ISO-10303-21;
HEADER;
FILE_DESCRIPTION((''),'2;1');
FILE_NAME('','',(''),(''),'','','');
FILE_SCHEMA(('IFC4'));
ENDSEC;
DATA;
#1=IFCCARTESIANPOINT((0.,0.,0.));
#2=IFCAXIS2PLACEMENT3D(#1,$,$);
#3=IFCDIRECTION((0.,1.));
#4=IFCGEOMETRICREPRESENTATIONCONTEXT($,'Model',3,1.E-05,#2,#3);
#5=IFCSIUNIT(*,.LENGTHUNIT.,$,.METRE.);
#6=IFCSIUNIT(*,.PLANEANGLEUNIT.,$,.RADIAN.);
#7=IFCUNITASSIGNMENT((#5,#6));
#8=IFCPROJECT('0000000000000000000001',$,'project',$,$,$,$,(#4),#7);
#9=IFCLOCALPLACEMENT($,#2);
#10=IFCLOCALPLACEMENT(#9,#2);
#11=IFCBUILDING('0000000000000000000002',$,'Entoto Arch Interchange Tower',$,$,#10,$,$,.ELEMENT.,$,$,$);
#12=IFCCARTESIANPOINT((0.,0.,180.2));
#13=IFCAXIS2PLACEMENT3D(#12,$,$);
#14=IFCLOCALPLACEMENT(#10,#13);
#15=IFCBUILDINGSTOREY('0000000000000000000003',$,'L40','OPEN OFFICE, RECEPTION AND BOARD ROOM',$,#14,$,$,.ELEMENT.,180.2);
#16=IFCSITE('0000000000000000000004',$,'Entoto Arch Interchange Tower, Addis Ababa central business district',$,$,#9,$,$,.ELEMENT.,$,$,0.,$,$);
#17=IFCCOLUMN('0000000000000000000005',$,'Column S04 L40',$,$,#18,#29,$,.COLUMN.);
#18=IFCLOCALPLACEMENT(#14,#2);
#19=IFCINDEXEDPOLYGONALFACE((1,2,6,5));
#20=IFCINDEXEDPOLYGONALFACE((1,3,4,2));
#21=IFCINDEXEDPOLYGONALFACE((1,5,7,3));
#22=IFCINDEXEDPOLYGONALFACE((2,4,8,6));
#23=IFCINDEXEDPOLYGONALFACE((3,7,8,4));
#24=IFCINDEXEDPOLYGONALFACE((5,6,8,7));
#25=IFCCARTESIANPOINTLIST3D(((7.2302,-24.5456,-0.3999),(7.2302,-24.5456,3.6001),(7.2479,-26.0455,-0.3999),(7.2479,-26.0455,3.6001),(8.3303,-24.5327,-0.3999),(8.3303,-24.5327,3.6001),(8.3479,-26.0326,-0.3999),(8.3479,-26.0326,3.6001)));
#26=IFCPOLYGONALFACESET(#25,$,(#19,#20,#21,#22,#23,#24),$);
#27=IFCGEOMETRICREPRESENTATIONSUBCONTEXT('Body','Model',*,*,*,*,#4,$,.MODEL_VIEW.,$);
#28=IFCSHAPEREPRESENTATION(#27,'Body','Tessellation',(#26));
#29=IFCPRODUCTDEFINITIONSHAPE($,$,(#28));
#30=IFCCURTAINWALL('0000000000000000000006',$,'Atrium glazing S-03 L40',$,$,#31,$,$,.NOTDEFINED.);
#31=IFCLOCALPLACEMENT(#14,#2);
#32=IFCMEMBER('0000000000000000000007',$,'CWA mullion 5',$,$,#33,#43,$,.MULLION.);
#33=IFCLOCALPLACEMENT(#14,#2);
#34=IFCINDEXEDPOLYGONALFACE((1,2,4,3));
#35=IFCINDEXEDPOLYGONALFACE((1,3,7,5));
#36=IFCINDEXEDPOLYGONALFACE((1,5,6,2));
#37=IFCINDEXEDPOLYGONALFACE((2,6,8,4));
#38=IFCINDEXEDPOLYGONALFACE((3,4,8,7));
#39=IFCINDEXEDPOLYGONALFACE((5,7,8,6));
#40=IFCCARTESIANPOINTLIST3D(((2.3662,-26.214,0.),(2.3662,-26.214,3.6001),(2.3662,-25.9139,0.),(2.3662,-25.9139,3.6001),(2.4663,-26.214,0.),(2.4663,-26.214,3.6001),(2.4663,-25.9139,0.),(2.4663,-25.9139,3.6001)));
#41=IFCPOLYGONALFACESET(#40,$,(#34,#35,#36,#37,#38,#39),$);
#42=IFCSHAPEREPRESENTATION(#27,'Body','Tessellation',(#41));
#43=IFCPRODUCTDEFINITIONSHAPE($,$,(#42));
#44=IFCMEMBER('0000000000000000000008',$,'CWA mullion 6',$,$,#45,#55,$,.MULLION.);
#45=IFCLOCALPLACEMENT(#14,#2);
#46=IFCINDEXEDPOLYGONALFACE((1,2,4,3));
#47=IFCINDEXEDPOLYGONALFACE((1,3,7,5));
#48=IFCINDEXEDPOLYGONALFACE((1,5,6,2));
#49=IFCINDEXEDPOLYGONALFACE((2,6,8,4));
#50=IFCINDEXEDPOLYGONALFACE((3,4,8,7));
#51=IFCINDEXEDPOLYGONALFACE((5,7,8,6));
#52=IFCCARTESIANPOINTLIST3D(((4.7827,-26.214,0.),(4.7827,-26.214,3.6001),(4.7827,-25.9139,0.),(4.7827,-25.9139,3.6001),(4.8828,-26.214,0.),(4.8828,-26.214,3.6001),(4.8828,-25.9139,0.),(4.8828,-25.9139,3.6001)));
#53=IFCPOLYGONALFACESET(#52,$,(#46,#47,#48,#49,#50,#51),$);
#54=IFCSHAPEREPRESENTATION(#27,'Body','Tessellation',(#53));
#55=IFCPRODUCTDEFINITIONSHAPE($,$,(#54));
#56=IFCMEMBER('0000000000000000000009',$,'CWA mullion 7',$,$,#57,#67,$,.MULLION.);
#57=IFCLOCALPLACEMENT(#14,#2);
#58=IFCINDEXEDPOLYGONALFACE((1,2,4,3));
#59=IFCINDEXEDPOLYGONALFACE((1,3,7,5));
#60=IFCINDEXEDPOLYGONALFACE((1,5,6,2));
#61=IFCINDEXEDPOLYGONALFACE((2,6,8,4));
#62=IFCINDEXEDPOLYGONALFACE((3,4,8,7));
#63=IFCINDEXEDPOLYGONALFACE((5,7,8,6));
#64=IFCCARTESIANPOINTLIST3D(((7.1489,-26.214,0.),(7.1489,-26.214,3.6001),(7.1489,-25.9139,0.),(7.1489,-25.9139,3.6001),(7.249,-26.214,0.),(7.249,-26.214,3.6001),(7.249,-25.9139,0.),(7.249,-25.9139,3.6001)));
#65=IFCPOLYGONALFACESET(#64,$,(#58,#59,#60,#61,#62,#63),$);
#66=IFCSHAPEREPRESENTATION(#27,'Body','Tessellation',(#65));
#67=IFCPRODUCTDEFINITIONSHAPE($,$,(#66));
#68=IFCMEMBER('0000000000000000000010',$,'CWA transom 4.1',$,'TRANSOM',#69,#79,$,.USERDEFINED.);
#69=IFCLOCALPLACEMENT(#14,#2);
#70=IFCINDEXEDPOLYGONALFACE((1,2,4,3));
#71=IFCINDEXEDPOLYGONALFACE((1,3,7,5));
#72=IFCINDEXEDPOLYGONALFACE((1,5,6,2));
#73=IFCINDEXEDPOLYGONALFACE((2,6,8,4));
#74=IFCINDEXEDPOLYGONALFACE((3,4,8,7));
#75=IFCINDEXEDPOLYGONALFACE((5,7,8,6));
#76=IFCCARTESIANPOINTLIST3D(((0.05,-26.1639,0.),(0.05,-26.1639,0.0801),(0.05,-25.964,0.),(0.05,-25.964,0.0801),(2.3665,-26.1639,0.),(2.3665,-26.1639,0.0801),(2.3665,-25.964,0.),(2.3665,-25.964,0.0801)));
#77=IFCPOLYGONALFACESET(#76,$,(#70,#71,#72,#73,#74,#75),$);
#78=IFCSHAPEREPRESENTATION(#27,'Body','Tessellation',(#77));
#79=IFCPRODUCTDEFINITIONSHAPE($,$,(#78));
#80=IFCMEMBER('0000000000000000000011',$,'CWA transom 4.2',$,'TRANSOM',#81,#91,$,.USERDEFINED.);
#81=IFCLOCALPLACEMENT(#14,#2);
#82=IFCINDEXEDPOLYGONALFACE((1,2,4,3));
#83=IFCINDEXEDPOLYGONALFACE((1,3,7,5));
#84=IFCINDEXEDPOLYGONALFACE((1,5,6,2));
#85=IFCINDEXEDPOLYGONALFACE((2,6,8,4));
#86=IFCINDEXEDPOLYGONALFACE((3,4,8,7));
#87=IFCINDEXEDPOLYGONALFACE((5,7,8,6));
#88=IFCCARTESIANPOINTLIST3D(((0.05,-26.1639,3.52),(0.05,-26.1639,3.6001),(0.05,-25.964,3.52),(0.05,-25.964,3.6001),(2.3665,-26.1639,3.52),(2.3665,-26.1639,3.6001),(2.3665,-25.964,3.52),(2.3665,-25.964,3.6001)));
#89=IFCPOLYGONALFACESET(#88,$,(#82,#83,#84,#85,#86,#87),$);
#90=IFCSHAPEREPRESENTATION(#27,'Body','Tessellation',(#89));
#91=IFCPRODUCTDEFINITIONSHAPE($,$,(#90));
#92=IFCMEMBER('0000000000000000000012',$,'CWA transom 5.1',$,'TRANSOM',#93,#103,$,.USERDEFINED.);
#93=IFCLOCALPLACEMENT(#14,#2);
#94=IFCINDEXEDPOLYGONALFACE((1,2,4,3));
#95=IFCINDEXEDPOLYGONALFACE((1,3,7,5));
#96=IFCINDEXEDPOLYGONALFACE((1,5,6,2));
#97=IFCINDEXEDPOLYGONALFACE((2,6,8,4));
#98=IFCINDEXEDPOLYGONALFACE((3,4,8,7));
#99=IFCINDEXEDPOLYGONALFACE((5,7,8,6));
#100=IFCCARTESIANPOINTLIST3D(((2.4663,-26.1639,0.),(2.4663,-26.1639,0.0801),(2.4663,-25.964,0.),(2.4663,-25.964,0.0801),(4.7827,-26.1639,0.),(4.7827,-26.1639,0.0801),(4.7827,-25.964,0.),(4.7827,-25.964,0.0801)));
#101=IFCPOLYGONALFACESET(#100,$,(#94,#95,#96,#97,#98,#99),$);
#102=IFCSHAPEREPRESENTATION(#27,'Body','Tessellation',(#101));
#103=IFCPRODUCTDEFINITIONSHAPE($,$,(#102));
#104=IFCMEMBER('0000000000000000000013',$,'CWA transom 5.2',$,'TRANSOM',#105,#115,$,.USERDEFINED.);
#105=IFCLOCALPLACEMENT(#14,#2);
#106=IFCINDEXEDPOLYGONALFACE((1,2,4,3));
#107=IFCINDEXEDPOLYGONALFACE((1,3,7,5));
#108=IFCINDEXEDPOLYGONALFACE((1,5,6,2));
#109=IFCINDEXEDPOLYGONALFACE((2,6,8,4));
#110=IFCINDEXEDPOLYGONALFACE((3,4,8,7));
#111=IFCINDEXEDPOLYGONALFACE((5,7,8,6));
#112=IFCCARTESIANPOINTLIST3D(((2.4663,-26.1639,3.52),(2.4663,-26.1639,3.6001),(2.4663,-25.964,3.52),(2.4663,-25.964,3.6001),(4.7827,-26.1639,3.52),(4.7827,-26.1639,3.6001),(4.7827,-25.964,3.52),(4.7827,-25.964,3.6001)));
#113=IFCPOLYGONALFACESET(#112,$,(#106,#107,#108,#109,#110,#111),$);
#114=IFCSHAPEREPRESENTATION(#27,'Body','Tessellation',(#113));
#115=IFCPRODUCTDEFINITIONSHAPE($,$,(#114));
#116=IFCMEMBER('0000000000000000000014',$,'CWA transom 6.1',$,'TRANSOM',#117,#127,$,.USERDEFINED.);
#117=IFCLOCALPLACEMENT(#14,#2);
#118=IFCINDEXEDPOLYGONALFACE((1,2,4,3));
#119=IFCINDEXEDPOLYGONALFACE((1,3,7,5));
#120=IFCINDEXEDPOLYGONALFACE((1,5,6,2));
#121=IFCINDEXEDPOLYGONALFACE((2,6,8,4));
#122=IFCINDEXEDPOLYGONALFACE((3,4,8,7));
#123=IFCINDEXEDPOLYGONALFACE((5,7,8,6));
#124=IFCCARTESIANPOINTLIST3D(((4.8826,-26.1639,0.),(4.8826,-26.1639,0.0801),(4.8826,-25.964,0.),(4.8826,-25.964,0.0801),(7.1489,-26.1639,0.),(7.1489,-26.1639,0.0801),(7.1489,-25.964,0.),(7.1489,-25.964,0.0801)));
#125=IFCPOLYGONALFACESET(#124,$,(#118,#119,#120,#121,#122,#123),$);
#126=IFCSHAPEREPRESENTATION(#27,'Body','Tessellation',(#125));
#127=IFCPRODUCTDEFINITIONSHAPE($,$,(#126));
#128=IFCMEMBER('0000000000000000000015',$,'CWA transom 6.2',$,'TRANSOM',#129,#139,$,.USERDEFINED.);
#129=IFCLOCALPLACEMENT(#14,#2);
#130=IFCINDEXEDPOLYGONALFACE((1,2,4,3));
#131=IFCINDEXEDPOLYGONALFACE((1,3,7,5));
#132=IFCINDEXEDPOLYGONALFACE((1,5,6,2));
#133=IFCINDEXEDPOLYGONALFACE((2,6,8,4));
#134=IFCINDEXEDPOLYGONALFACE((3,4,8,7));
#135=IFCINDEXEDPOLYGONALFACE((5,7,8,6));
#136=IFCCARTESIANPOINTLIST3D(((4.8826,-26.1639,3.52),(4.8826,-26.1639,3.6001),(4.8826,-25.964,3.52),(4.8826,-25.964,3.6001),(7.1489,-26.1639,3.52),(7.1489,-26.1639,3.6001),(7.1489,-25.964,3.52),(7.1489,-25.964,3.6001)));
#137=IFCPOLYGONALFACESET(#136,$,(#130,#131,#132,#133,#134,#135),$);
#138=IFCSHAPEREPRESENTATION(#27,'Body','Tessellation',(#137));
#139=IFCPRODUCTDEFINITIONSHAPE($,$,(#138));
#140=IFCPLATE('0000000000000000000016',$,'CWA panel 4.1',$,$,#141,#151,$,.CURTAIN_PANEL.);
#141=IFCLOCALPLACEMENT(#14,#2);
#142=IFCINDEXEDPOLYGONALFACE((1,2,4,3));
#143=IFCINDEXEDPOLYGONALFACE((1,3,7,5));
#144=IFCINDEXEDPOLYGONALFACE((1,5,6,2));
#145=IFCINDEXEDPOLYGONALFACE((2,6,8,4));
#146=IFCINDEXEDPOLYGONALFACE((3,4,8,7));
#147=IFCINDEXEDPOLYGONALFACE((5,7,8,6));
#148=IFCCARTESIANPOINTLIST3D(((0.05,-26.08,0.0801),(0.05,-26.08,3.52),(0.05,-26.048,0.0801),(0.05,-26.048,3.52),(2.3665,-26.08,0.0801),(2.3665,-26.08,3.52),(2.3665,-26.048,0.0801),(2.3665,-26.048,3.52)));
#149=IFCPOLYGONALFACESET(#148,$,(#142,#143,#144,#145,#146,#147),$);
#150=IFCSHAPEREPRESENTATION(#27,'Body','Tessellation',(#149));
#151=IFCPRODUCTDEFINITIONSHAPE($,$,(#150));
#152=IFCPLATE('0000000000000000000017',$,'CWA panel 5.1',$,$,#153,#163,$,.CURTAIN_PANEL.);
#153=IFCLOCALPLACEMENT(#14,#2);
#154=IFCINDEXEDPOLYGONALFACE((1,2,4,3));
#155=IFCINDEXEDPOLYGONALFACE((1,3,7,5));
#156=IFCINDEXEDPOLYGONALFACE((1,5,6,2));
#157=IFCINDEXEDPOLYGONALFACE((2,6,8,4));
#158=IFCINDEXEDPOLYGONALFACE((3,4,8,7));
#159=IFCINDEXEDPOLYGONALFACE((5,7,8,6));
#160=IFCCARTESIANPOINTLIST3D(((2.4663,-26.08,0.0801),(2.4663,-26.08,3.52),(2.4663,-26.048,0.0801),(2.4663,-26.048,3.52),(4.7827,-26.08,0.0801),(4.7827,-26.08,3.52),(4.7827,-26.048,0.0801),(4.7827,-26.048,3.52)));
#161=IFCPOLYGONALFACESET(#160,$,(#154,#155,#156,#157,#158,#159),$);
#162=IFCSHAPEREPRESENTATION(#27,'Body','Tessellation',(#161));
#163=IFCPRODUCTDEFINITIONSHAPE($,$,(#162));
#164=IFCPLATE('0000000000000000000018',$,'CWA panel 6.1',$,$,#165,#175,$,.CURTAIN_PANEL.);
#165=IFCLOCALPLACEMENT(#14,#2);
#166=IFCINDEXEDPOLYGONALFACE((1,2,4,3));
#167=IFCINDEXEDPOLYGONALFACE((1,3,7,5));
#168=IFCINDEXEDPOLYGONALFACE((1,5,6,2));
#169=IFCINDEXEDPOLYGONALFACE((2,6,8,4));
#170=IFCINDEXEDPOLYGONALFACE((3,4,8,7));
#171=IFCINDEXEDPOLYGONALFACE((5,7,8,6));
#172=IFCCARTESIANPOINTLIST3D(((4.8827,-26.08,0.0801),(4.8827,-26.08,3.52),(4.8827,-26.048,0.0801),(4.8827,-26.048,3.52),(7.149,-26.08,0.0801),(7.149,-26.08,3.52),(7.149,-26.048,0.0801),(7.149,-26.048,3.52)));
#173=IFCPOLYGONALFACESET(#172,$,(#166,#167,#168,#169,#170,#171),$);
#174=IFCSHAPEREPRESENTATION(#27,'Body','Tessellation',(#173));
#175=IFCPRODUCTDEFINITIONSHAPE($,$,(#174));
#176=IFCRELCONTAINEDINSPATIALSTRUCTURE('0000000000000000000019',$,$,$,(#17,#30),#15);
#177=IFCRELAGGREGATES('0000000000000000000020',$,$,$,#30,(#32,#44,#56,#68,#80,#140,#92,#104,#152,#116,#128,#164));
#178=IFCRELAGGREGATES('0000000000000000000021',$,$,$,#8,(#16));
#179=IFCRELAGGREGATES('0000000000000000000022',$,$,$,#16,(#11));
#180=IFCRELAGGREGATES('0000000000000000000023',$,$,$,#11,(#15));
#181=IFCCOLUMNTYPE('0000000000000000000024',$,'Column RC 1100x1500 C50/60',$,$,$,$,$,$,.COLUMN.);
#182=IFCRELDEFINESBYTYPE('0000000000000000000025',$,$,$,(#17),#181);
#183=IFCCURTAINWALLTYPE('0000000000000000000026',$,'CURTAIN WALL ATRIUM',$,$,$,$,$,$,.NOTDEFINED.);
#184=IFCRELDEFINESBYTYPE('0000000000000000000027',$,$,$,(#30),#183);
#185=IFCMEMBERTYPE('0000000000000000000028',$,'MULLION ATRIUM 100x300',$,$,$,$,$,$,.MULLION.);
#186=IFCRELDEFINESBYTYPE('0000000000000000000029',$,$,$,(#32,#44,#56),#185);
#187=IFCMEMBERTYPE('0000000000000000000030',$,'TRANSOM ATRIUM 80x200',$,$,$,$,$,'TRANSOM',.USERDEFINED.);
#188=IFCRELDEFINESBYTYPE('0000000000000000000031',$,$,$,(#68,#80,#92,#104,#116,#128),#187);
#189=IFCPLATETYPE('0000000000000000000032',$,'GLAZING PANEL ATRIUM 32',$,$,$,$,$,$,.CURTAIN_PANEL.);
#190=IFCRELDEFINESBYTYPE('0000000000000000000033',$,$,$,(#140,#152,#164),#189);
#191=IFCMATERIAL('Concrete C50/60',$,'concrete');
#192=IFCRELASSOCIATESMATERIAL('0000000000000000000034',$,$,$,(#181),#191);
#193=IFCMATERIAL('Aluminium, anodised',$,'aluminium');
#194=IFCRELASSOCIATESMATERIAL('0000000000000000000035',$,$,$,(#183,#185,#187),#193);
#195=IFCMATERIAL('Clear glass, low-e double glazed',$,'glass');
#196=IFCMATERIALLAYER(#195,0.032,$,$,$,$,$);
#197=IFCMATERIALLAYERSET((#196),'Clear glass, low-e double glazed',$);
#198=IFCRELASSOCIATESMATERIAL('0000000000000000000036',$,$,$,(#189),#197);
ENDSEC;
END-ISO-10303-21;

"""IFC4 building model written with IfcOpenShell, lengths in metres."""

from ifc_helpers import new_model, si_unit, direction, frame, origin, origin_2d, place, context, subcontext, project, spatial, rectangle, extrude, material, layer, layer_set, material_profile, profile_set, type_object, element, aggregate, save


model = new_model("IFC4")

# Units and contexts
model_context = context("Model", 3, precision=1e-05, world=origin(), true_north=direction((0.0, 1.0)))
body_context = subcontext(model_context, "Body", "Model", "MODEL_VIEW")
ifc_project = project(units=[si_unit("LENGTHUNIT", "METRE"), si_unit("PLANEANGLEUNIT", "RADIAN")], contexts=[model_context])

# Site, building, storey
site_placement = place(None, origin())
site = spatial("IfcSite", under=ifc_project, at=site_placement, Name="Entoto Arch Interchange Tower, Addis Ababa central business district", CompositionType="ELEMENT", RefElevation=0.0)
building_placement = place(site_placement, origin())
building = spatial("IfcBuilding", under=site, at=building_placement, Name="Entoto Arch Interchange Tower", CompositionType="ELEMENT")
storey_placement = place(building_placement, frame((0.0, 0.0, 180.2)))
storey = spatial("IfcBuildingStorey", under=building, at=storey_placement, Name="L40", Description="OPEN OFFICE, RECEPTION AND BOARD ROOM", CompositionType="ELEMENT", Elevation=180.2)

# Column
ifc_material_1 = material(Name="Concrete C50/60", Category="concrete")
ifc_material_profile_1 = material_profile(ifc_material_1, rectangle(XDim=1.1001, YDim=1.5, at=origin_2d()))
ifc_profile_set_1 = profile_set([ifc_material_profile_1], Name="Concrete C50/60")
column_type = type_object("IfcColumnType", Name="Column RC 1100x1500 C50/60", PredefinedType="COLUMN", material=ifc_profile_set_1)
column_placement = place(storey_placement, frame((7.7891, -25.2891, -0.3999), z_axis=(0.0, 0.0, 1.0), x_axis=(0.999931, 0.011746, 0.0)))
element("IfcColumn", 1, at=column_placement, inside=storey, type_object=column_type, Name="Column S04 L40", PredefinedType="COLUMN", context=body_context, shape_type="SweptSolid", body=[
    extrude(rectangle(XDim=1.1001, YDim=1.5, at=origin_2d()), origin(), (0.0, 0.0, 1.0), 4.0),
])

# Curtain wall, members, plates
ifc_material_2 = material(Name="Aluminium, anodised", Category="aluminium")
curtain_wall_type = type_object("IfcCurtainWallType", Name="CURTAIN WALL ATRIUM", PredefinedType="NOTDEFINED", material=ifc_material_2)
curtain_wall_placement = place(storey_placement, origin())
curtain_wall = element("IfcCurtainWall", 2, at=curtain_wall_placement, inside=storey, type_object=curtain_wall_type, Name="Atrium glazing S-03 L40", PredefinedType="NOTDEFINED")
ifc_material_profile_2 = material_profile(ifc_material_2, rectangle(XDim=0.3, YDim=0.1001, at=origin_2d()))
ifc_profile_set_2 = profile_set([ifc_material_profile_2], Name="Aluminium, anodised")
member_type_1 = type_object("IfcMemberType", Name="MULLION ATRIUM 100x300", PredefinedType="MULLION", material=ifc_profile_set_2)
member_1_placement = place(storey_placement, frame((2.4163, -26.064, 0.0), z_axis=(0.0, 0.0, 1.0), x_axis=(0.0, 1.0, 0.0)))
member_1 = element("IfcMember", 3, at=member_1_placement, type_object=member_type_1, Name="CWA mullion 5", PredefinedType="MULLION", context=body_context, shape_type="SweptSolid", body=[
    extrude(rectangle(XDim=0.3, YDim=0.1001, at=origin_2d()), origin(), (0.0, 0.0, 1.0), 3.6001),
])
member_2_placement = place(storey_placement, frame((4.8328, -26.064, 0.0), z_axis=(0.0, 0.0, 1.0), x_axis=(0.0, 1.0, 0.0)))
member_2 = element("IfcMember", 4, at=member_2_placement, type_object=member_type_1, Name="CWA mullion 6", PredefinedType="MULLION", context=body_context, shape_type="SweptSolid", body=[
    extrude(rectangle(XDim=0.3, YDim=0.1001, at=origin_2d()), origin(), (0.0, 0.0, 1.0), 3.6001),
])
member_3_placement = place(storey_placement, frame((7.199, -26.064, 0.0), z_axis=(0.0, 0.0, 1.0), x_axis=(0.0, 1.0, 0.0)))
member_3 = element("IfcMember", 5, at=member_3_placement, type_object=member_type_1, Name="CWA mullion 7", PredefinedType="MULLION", context=body_context, shape_type="SweptSolid", body=[
    extrude(rectangle(XDim=0.3, YDim=0.1001, at=origin_2d()), origin(), (0.0, 0.0, 1.0), 3.6001),
])
ifc_material_profile_3 = material_profile(ifc_material_2, rectangle(XDim=0.2, YDim=0.0801, at=origin_2d()))
ifc_profile_set_3 = profile_set([ifc_material_profile_3], Name="Aluminium, anodised")
member_type_2 = type_object("IfcMemberType", Name="TRANSOM ATRIUM 80x200", ElementType="TRANSOM", PredefinedType="USERDEFINED", material=ifc_profile_set_3)
member_4_placement = place(storey_placement, frame((0.05, -26.064, 0.04), z_axis=(1.0, 0.0, 0.0), x_axis=(0.0, 1.0, 0.0)))
member_4 = element("IfcMember", 6, at=member_4_placement, type_object=member_type_2, Name="CWA transom 4.1", ObjectType="TRANSOM", PredefinedType="USERDEFINED", context=body_context, shape_type="SweptSolid", body=[
    extrude(rectangle(XDim=0.2, YDim=0.0801, at=origin_2d()), origin(), (0.0, 0.0, 1.0), 2.3164),
])
member_5_placement = place(storey_placement, frame((0.05, -26.064, 3.5601), z_axis=(1.0, 0.0, 0.0), x_axis=(0.0, 1.0, 0.0)))
member_5 = element("IfcMember", 7, at=member_5_placement, type_object=member_type_2, Name="CWA transom 4.2", ObjectType="TRANSOM", PredefinedType="USERDEFINED", context=body_context, shape_type="SweptSolid", body=[
    extrude(rectangle(XDim=0.2, YDim=0.0801, at=origin_2d()), origin(), (0.0, 0.0, 1.0), 2.3164),
])
member_6_placement = place(storey_placement, frame((2.4663, -26.064, 0.04), z_axis=(1.0, 0.0, 0.0), x_axis=(0.0, 1.0, 0.0)))
member_6 = element("IfcMember", 8, at=member_6_placement, type_object=member_type_2, Name="CWA transom 5.1", ObjectType="TRANSOM", PredefinedType="USERDEFINED", context=body_context, shape_type="SweptSolid", body=[
    extrude(rectangle(XDim=0.2, YDim=0.0801, at=origin_2d()), origin(), (0.0, 0.0, 1.0), 2.3164),
])
member_7_placement = place(storey_placement, frame((2.4663, -26.064, 3.5601), z_axis=(1.0, 0.0, 0.0), x_axis=(0.0, 1.0, 0.0)))
member_7 = element("IfcMember", 9, at=member_7_placement, type_object=member_type_2, Name="CWA transom 5.2", ObjectType="TRANSOM", PredefinedType="USERDEFINED", context=body_context, shape_type="SweptSolid", body=[
    extrude(rectangle(XDim=0.2, YDim=0.0801, at=origin_2d()), origin(), (0.0, 0.0, 1.0), 2.3164),
])
member_8_placement = place(storey_placement, frame((4.8826, -26.064, 0.04), z_axis=(1.0, 0.0, 0.0), x_axis=(0.0, 1.0, 0.0)))
member_8 = element("IfcMember", 10, at=member_8_placement, type_object=member_type_2, Name="CWA transom 6.1", ObjectType="TRANSOM", PredefinedType="USERDEFINED", context=body_context, shape_type="SweptSolid", body=[
    extrude(rectangle(XDim=0.2, YDim=0.0801, at=origin_2d()), origin(), (0.0, 0.0, 1.0), 2.2664),
])
member_9_placement = place(storey_placement, frame((4.8826, -26.064, 3.5601), z_axis=(1.0, 0.0, 0.0), x_axis=(0.0, 1.0, 0.0)))
member_9 = element("IfcMember", 11, at=member_9_placement, type_object=member_type_2, Name="CWA transom 6.2", ObjectType="TRANSOM", PredefinedType="USERDEFINED", context=body_context, shape_type="SweptSolid", body=[
    extrude(rectangle(XDim=0.2, YDim=0.0801, at=origin_2d()), origin(), (0.0, 0.0, 1.0), 2.2664),
])
ifc_material_3 = material(Name="Clear glass, low-e double glazed", Category="glass")
ifc_layer_1 = layer(ifc_material_3, 0.032)
ifc_layer_set_1 = layer_set([ifc_layer_1], Name="Clear glass, low-e double glazed")
plate_type = type_object("IfcPlateType", Name="GLAZING PANEL ATRIUM 32", PredefinedType="CURTAIN_PANEL", material=ifc_layer_set_1)
plate_1_placement = place(storey_placement, frame((1.2083, -26.064, 0.0801), z_axis=(0.0, 0.0, 1.0), x_axis=(1.0, 0.0, 0.0)))
plate_1 = element("IfcPlate", 12, at=plate_1_placement, type_object=plate_type, Name="CWA panel 4.1", PredefinedType="CURTAIN_PANEL", context=body_context, shape_type="SweptSolid", body=[
    extrude(rectangle(XDim=2.3164, YDim=0.032, at=origin_2d()), origin(), (0.0, 0.0, 1.0), 3.4399),
])
plate_2_placement = place(storey_placement, frame((3.6245, -26.064, 0.0801), z_axis=(0.0, 0.0, 1.0), x_axis=(1.0, 0.0, 0.0)))
plate_2 = element("IfcPlate", 13, at=plate_2_placement, type_object=plate_type, Name="CWA panel 5.1", PredefinedType="CURTAIN_PANEL", context=body_context, shape_type="SweptSolid", body=[
    extrude(rectangle(XDim=2.3164, YDim=0.032, at=origin_2d()), origin(), (0.0, 0.0, 1.0), 3.4399),
])
plate_3_placement = place(storey_placement, frame((6.0159, -26.064, 0.0801), z_axis=(0.0, 0.0, 1.0), x_axis=(1.0, 0.0, 0.0)))
plate_3 = element("IfcPlate", 14, at=plate_3_placement, type_object=plate_type, Name="CWA panel 6.1", PredefinedType="CURTAIN_PANEL", context=body_context, shape_type="SweptSolid", body=[
    extrude(rectangle(XDim=2.2664, YDim=0.032, at=origin_2d()), origin(), (0.0, 0.0, 1.0), 3.4399),
])
aggregate(curtain_wall, [member_1, member_2, member_3, member_4, member_5, plate_1, member_6, member_7, plate_2, member_8, member_9, plate_3])

save(model, "model.ifc")
